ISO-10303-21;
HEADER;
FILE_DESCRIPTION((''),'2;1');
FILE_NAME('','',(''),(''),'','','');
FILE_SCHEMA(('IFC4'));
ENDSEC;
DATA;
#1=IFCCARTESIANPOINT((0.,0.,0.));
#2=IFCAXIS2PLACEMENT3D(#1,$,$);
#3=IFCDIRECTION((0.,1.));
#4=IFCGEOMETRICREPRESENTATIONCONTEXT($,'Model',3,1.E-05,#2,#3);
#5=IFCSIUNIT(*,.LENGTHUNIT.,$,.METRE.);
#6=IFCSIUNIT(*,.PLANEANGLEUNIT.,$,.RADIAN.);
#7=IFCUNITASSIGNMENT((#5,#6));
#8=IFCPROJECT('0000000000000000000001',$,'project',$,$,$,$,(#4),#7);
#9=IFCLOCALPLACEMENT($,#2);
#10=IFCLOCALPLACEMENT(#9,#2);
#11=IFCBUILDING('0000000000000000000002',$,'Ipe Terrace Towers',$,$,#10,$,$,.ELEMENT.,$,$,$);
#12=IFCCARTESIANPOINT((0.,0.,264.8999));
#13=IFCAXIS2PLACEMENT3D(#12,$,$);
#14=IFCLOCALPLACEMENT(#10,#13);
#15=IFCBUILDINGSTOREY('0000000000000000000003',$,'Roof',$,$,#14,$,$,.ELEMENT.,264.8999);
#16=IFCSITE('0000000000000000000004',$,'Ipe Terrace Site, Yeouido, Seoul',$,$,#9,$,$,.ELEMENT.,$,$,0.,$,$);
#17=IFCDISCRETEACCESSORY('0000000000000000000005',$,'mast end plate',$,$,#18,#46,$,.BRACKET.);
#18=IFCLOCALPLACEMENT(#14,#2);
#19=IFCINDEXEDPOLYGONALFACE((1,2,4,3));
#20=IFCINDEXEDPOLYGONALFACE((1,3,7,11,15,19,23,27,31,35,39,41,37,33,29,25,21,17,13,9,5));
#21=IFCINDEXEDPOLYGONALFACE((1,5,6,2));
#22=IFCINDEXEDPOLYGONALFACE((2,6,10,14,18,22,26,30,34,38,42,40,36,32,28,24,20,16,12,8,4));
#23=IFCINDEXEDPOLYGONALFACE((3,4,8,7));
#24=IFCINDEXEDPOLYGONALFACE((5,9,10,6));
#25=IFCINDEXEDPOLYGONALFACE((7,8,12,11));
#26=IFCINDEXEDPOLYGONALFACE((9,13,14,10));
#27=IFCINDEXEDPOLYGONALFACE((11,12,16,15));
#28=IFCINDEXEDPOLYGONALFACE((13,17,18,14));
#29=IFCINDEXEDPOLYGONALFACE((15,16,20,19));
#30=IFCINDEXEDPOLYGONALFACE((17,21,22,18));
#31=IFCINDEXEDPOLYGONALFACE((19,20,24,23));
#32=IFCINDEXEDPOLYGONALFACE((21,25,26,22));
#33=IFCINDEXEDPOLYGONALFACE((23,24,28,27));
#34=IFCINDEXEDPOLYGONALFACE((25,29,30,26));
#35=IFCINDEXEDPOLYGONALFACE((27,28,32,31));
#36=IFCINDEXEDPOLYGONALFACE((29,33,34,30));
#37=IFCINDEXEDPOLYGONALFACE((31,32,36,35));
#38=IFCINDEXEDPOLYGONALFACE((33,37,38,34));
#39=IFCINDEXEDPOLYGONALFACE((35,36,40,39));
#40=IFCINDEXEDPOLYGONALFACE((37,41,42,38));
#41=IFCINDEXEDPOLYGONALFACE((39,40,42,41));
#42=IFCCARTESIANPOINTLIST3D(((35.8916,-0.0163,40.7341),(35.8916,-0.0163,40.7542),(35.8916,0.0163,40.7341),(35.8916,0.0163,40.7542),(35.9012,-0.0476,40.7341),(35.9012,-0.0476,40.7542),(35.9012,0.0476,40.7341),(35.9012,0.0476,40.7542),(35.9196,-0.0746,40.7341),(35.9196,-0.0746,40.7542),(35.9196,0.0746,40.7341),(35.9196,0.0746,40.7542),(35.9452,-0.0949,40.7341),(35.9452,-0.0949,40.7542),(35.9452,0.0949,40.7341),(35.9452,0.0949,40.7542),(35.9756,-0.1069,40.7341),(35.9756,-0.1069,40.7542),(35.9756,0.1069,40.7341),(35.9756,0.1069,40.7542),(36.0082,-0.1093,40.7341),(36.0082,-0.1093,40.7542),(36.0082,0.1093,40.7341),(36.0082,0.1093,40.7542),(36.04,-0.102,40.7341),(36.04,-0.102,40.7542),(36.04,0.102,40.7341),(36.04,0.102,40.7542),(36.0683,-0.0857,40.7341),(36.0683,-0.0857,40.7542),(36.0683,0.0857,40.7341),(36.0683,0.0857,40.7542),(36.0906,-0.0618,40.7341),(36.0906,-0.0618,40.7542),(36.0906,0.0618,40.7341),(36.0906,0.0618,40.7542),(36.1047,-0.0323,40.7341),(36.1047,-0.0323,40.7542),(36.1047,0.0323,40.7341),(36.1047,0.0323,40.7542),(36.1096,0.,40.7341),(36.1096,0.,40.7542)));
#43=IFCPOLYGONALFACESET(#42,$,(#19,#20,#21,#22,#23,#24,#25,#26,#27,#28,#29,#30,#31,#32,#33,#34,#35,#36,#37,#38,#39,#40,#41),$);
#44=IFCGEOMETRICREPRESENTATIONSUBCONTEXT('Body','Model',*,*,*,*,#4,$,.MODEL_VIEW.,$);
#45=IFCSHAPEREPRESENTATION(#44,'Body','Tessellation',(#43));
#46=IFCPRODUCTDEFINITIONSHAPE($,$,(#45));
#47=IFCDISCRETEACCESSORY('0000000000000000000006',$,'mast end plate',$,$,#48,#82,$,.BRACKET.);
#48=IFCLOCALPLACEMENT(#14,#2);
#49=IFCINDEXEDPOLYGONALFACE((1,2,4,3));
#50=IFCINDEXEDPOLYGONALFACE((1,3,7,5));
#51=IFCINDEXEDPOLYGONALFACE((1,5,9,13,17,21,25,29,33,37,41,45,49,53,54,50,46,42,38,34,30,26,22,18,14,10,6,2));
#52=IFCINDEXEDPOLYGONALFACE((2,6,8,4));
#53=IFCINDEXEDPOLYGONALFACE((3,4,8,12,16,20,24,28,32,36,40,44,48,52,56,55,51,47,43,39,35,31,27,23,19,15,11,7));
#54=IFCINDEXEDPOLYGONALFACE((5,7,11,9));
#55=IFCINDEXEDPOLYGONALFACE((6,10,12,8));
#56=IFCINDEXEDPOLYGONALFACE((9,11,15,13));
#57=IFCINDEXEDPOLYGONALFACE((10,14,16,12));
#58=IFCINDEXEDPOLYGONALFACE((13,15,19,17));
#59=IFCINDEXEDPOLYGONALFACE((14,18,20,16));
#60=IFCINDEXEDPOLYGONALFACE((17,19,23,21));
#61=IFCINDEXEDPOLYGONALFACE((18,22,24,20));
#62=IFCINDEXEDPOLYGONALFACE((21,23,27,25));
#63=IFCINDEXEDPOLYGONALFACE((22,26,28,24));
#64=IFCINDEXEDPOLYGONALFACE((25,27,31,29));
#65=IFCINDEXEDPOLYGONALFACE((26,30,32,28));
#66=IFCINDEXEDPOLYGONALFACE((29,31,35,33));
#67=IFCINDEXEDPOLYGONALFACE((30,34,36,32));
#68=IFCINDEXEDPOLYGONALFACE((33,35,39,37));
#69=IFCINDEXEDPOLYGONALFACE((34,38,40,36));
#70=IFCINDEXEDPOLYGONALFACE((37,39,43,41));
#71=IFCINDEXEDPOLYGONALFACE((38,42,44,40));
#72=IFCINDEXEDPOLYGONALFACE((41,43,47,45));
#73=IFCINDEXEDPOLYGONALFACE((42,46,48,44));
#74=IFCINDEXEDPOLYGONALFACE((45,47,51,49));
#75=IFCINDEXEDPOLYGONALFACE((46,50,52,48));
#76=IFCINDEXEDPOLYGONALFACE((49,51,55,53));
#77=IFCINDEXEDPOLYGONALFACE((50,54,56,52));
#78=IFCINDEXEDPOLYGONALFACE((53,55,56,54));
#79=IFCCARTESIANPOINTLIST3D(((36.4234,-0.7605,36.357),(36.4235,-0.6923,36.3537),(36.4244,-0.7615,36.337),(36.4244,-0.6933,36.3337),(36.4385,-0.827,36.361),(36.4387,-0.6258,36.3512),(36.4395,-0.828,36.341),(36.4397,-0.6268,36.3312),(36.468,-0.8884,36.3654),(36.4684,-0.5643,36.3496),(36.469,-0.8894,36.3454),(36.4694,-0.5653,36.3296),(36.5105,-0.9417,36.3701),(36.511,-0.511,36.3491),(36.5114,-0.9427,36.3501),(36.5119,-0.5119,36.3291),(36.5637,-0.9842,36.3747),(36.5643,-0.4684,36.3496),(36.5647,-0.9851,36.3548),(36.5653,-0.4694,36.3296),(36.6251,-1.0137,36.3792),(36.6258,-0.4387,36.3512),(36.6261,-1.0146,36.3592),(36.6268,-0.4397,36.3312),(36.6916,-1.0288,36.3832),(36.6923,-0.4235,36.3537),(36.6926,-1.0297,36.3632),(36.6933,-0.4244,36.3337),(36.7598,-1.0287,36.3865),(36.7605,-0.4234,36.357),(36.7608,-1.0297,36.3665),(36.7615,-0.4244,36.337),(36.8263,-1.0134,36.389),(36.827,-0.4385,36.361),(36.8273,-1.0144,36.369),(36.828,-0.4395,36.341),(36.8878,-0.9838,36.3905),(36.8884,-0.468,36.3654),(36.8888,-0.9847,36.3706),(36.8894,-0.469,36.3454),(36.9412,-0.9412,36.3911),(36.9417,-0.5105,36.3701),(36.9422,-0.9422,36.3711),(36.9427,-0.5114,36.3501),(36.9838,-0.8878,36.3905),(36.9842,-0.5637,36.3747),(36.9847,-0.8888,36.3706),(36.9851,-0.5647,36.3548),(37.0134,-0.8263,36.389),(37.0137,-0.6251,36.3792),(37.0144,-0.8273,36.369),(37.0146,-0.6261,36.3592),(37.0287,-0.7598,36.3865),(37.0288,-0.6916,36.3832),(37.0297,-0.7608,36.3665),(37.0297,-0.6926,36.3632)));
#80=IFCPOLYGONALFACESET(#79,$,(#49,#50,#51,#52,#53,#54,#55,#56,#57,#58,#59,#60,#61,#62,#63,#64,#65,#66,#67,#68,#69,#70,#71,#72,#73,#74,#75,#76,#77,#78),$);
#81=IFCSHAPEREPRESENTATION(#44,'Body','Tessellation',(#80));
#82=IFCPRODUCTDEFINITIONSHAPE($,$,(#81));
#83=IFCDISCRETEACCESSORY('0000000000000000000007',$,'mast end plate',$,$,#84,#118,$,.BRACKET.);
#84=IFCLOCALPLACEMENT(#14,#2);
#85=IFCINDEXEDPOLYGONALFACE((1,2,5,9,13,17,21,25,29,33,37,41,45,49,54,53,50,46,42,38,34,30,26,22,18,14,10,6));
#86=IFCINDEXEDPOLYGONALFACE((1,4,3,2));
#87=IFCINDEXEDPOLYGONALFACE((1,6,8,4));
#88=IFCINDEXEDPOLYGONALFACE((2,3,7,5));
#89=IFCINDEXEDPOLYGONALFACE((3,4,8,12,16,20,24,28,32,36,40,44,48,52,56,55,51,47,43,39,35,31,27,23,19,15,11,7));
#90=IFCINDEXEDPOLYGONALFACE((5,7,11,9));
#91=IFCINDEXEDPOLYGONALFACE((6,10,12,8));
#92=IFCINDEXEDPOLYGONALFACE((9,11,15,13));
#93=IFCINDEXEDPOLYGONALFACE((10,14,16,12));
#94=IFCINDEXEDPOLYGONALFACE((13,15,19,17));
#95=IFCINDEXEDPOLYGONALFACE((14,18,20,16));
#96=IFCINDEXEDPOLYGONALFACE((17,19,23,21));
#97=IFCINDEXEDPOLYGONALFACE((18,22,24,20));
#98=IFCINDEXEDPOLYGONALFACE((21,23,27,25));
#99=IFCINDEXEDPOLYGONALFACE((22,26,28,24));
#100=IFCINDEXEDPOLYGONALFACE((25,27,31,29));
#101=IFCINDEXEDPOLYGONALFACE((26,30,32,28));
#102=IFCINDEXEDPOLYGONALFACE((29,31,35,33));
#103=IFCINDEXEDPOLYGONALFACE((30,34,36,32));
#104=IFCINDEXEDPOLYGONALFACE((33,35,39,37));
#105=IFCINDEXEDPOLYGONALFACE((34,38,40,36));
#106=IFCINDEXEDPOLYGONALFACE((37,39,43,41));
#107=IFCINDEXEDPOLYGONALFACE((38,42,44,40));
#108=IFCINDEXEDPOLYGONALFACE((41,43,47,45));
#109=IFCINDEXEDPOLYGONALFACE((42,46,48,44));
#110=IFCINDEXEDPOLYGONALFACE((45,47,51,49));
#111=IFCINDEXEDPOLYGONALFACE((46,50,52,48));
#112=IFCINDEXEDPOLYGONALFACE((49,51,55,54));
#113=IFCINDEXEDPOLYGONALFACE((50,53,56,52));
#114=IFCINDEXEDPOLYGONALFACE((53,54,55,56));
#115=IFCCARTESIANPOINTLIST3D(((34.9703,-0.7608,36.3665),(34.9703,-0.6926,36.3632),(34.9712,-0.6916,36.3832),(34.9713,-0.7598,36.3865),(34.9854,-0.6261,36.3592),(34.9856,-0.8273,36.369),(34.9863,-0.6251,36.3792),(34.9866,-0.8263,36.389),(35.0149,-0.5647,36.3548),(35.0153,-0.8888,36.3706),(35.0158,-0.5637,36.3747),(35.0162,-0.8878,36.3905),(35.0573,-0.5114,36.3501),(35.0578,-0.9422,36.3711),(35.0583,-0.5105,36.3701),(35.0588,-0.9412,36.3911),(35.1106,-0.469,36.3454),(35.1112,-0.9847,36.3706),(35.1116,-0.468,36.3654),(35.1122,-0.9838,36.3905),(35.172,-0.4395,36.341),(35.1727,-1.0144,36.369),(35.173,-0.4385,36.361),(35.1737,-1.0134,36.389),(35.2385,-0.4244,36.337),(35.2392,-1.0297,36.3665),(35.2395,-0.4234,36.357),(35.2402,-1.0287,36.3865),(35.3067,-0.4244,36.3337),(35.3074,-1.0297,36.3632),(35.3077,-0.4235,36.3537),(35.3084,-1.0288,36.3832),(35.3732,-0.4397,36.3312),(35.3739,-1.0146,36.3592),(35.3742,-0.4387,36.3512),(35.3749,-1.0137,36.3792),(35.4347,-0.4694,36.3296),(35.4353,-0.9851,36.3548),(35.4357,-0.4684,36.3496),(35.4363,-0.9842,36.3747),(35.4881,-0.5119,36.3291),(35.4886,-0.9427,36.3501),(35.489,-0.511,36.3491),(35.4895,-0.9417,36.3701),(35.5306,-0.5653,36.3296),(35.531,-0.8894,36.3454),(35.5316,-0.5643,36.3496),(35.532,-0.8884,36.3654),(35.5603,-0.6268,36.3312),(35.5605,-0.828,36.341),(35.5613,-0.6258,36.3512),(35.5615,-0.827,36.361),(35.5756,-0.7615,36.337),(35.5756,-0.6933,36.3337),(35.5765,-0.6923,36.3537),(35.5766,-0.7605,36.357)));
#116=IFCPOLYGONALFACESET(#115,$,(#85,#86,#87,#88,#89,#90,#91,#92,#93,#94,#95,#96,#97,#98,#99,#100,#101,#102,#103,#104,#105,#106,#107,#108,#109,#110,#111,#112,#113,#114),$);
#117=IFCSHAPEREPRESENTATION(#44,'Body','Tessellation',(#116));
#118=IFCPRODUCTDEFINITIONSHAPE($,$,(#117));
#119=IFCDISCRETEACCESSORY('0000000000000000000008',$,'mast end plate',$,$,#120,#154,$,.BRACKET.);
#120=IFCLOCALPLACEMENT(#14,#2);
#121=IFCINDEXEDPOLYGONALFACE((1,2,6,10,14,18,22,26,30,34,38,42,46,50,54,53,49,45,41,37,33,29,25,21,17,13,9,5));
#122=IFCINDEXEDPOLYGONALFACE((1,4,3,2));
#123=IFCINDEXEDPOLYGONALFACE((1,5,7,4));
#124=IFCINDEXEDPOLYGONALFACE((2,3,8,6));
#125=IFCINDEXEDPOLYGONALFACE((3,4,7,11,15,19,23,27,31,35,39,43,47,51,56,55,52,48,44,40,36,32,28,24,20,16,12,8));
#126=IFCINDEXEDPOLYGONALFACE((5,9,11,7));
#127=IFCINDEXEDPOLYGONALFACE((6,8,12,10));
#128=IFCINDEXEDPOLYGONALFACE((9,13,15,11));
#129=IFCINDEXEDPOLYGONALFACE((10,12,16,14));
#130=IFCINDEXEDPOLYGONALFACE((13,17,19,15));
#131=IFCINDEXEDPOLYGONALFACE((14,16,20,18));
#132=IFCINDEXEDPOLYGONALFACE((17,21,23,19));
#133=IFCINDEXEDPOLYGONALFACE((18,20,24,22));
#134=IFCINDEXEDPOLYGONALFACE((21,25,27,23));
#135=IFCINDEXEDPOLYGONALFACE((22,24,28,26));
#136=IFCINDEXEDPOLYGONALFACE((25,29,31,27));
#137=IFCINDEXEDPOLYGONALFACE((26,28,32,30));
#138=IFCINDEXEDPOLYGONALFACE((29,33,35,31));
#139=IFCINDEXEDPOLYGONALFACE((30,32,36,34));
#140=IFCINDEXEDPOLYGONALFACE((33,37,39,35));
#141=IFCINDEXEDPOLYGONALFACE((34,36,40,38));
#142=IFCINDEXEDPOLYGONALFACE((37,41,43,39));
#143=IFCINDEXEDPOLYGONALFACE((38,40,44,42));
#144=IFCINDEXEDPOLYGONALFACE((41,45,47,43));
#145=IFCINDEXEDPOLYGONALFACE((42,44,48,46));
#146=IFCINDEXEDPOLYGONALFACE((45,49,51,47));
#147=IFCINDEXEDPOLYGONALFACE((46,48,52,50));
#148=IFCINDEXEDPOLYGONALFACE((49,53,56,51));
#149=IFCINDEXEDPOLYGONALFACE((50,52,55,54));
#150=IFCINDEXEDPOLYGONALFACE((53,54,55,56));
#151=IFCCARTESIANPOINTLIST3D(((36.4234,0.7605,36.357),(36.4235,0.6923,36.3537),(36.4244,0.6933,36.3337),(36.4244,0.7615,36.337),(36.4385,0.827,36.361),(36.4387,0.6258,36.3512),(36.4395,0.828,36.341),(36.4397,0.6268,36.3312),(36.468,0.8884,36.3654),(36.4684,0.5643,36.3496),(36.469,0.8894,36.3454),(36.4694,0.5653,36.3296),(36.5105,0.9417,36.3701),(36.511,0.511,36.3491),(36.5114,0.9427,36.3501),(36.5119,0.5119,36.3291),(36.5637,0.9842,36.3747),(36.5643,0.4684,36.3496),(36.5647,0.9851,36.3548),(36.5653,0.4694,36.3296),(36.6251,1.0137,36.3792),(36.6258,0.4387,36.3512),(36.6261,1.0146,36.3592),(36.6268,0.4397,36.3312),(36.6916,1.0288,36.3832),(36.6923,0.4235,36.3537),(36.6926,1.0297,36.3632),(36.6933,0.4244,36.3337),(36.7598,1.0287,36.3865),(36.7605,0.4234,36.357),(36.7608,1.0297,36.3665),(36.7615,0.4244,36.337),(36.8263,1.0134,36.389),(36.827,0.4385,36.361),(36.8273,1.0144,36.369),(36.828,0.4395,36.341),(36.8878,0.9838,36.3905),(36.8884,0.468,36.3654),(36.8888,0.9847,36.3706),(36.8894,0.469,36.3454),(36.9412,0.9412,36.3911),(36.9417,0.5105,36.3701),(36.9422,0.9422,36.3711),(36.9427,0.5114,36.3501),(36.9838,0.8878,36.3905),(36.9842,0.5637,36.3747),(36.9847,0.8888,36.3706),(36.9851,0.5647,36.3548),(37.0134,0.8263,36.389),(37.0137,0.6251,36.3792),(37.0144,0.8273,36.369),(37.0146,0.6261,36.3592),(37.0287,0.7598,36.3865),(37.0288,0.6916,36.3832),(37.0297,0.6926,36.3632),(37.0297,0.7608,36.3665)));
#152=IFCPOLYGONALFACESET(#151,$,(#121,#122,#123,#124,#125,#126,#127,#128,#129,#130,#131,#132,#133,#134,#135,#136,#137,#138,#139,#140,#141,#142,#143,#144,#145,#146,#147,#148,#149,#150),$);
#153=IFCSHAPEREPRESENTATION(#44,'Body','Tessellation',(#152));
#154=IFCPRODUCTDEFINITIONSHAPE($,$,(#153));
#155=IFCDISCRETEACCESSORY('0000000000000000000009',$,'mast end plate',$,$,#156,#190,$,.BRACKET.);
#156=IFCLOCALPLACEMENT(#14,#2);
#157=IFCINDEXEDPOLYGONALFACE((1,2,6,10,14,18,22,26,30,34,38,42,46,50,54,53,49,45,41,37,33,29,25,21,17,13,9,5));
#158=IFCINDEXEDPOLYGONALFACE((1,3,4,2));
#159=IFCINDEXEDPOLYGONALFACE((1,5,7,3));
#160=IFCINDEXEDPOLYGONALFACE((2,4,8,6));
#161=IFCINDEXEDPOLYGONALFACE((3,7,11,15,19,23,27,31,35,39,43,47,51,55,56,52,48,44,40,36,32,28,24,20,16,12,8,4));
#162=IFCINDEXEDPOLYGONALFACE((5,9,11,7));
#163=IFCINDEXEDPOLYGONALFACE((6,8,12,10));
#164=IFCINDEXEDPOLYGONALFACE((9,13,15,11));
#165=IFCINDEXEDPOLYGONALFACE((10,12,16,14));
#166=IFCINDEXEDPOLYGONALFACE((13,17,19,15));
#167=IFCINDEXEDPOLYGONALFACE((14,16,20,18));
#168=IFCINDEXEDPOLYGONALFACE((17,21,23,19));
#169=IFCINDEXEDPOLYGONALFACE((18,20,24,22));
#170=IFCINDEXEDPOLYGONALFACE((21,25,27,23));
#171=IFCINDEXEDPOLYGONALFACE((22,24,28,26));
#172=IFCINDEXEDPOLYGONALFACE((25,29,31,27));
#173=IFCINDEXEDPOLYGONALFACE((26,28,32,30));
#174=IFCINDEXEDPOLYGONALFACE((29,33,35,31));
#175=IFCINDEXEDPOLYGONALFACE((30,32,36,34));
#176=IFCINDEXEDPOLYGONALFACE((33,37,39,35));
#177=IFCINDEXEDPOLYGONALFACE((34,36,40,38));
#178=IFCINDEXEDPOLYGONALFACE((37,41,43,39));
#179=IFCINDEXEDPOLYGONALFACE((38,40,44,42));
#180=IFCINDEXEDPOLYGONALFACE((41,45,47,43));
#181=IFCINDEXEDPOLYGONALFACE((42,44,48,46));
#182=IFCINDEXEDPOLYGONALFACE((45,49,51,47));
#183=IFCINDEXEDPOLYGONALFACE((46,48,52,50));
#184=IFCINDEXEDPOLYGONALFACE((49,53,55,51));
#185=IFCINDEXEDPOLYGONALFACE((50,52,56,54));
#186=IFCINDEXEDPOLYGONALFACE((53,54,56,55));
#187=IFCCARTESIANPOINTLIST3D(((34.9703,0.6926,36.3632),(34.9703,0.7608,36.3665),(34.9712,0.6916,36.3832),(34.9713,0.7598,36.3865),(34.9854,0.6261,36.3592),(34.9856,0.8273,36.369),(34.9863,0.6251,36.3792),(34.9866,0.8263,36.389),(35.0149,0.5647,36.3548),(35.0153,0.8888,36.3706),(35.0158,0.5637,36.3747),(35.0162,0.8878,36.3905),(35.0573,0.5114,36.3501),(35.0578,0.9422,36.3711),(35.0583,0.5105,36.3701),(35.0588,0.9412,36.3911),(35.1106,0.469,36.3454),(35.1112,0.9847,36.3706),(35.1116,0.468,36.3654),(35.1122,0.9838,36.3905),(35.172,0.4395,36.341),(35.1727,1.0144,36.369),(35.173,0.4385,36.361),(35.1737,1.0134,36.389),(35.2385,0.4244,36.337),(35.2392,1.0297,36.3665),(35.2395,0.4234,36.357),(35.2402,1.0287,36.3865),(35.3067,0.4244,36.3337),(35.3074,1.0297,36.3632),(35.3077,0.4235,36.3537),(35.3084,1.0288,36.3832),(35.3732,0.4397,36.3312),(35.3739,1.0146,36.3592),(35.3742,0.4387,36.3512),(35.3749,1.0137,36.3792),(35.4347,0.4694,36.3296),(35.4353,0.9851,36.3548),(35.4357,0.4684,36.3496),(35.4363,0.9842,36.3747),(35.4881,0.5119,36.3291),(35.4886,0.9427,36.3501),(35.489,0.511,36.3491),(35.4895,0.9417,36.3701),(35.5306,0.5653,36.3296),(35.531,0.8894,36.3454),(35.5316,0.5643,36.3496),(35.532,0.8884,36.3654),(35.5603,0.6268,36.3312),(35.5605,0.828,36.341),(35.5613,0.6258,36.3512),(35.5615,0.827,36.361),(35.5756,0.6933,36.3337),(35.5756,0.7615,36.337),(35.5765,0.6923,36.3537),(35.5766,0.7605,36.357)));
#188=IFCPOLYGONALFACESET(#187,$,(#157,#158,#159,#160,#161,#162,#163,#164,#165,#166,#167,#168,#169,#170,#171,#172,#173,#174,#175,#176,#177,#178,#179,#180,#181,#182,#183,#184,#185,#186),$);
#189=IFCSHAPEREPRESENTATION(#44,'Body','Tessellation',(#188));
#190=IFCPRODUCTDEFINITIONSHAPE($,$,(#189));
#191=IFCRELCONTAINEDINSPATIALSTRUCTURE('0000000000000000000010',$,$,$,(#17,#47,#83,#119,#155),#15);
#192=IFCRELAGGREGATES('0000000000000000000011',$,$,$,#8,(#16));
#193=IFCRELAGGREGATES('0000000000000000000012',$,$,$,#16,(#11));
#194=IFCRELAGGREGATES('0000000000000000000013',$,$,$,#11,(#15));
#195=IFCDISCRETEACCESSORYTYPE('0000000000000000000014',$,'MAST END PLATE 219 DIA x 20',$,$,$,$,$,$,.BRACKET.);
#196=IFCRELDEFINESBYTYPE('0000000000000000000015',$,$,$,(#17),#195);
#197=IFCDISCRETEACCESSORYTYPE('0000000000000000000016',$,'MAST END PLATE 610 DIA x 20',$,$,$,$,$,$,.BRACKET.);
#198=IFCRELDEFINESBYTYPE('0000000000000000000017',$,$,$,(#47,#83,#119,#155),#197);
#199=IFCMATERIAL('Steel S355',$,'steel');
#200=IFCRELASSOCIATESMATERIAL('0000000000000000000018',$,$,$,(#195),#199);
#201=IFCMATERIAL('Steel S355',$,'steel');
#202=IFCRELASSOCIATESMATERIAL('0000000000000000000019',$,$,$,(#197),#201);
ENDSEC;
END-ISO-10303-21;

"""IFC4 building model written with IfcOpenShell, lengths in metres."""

from ifc_helpers import new_model, si_unit, direction, frame, origin, origin_2d, place, context, subcontext, project, spatial, circle, extrude, material, material_profile, profile_set, type_object, element, save


model = new_model("IFC4")

# Units and contexts
model_context = context("Model", 3, precision=1e-05, world=origin(), true_north=direction((0.0, 1.0)))
body_context = subcontext(model_context, "Body", "Model", "MODEL_VIEW")
ifc_project = project(units=[si_unit("LENGTHUNIT", "METRE"), si_unit("PLANEANGLEUNIT", "RADIAN")], contexts=[model_context])

# Site, building, storey
site_placement = place(None, origin())
site = spatial("IfcSite", under=ifc_project, at=site_placement, Name="Ipe Terrace Site, Yeouido, Seoul", CompositionType="ELEMENT", RefElevation=0.0)
building_placement = place(site_placement, origin())
building = spatial("IfcBuilding", under=site, at=building_placement, Name="Ipe Terrace Towers", CompositionType="ELEMENT")
storey_placement = place(building_placement, frame((0.0, 0.0, 264.8999)))
storey = spatial("IfcBuildingStorey", under=building, at=storey_placement, Name="Roof", CompositionType="ELEMENT", Elevation=264.8999)

# Discrete accessories
ifc_material_1 = material(Name="Steel S355", Category="steel")
ifc_material_profile_1 = material_profile(ifc_material_1, circle(Radius=0.1096, at=origin_2d()), Name="MAST END PLATE 219 DIA x 20")
ifc_profile_set_1 = profile_set([ifc_material_profile_1], Name="Steel S355")
discrete_accessory_type_1 = type_object("IfcDiscreteAccessoryType", Name="MAST END PLATE 219 DIA x 20", PredefinedType="BRACKET", material=ifc_profile_set_1)
discrete_accessory_1_placement = place(storey_placement, frame((36.0, 0.0, 40.7341), z_axis=(0.0, 0.0, 1.0), x_axis=(1.0, 0.0, 0.0)))
element("IfcDiscreteAccessory", 1, at=discrete_accessory_1_placement, inside=storey, type_object=discrete_accessory_type_1, Name="mast end plate", PredefinedType="BRACKET", context=body_context, shape_type="SweptSolid", body=[
    extrude(circle(Radius=0.1096, at=origin_2d()), origin(), (0.0, 0.0, 1.0), 0.02),
])
ifc_material_2 = material(Name="Steel S355", Category="steel")
ifc_material_profile_2 = material_profile(ifc_material_2, circle(Radius=0.3049, at=origin_2d()), Name="MAST END PLATE 610 DIA x 20")
ifc_profile_set_2 = profile_set([ifc_material_profile_2], Name="Steel S355")
discrete_accessory_type_2 = type_object("IfcDiscreteAccessoryType", Name="MAST END PLATE 610 DIA x 20", PredefinedType="BRACKET", material=ifc_profile_set_2)
for number, where, z_axis, x_axis, name in (
    (2, (36.7271, -0.7271, 36.3501), (-0.048665, 0.048665, 0.997629), (-0.707107, -0.707107, 0.0), "mast end plate"),
    (3, (35.2729, -0.7271, 36.3501), (0.048665, 0.048665, 0.997629), (-0.707107, 0.707107, 0.0), "mast end plate"),
    (4, (36.7271, 0.7271, 36.3501), (-0.048665, -0.048665, 0.997629), (0.707107, -0.707107, 0.0), "mast end plate"),
    (5, (35.2729, 0.7271, 36.3501), (0.048665, -0.048665, 0.997629), (0.707107, 0.707107, 0.0), "mast end plate"),
):
    element("IfcDiscreteAccessory", number, at=place(storey_placement, frame(where, z_axis=z_axis, x_axis=x_axis)), inside=storey, type_object=discrete_accessory_type_2, Name=name, PredefinedType="BRACKET", context=body_context, shape_type="SweptSolid", body=[
        extrude(circle(Radius=0.3049, at=origin_2d()), origin(), (0.0, 0.0, 1.0), 0.02),
    ])

save(model, "model.ifc")
